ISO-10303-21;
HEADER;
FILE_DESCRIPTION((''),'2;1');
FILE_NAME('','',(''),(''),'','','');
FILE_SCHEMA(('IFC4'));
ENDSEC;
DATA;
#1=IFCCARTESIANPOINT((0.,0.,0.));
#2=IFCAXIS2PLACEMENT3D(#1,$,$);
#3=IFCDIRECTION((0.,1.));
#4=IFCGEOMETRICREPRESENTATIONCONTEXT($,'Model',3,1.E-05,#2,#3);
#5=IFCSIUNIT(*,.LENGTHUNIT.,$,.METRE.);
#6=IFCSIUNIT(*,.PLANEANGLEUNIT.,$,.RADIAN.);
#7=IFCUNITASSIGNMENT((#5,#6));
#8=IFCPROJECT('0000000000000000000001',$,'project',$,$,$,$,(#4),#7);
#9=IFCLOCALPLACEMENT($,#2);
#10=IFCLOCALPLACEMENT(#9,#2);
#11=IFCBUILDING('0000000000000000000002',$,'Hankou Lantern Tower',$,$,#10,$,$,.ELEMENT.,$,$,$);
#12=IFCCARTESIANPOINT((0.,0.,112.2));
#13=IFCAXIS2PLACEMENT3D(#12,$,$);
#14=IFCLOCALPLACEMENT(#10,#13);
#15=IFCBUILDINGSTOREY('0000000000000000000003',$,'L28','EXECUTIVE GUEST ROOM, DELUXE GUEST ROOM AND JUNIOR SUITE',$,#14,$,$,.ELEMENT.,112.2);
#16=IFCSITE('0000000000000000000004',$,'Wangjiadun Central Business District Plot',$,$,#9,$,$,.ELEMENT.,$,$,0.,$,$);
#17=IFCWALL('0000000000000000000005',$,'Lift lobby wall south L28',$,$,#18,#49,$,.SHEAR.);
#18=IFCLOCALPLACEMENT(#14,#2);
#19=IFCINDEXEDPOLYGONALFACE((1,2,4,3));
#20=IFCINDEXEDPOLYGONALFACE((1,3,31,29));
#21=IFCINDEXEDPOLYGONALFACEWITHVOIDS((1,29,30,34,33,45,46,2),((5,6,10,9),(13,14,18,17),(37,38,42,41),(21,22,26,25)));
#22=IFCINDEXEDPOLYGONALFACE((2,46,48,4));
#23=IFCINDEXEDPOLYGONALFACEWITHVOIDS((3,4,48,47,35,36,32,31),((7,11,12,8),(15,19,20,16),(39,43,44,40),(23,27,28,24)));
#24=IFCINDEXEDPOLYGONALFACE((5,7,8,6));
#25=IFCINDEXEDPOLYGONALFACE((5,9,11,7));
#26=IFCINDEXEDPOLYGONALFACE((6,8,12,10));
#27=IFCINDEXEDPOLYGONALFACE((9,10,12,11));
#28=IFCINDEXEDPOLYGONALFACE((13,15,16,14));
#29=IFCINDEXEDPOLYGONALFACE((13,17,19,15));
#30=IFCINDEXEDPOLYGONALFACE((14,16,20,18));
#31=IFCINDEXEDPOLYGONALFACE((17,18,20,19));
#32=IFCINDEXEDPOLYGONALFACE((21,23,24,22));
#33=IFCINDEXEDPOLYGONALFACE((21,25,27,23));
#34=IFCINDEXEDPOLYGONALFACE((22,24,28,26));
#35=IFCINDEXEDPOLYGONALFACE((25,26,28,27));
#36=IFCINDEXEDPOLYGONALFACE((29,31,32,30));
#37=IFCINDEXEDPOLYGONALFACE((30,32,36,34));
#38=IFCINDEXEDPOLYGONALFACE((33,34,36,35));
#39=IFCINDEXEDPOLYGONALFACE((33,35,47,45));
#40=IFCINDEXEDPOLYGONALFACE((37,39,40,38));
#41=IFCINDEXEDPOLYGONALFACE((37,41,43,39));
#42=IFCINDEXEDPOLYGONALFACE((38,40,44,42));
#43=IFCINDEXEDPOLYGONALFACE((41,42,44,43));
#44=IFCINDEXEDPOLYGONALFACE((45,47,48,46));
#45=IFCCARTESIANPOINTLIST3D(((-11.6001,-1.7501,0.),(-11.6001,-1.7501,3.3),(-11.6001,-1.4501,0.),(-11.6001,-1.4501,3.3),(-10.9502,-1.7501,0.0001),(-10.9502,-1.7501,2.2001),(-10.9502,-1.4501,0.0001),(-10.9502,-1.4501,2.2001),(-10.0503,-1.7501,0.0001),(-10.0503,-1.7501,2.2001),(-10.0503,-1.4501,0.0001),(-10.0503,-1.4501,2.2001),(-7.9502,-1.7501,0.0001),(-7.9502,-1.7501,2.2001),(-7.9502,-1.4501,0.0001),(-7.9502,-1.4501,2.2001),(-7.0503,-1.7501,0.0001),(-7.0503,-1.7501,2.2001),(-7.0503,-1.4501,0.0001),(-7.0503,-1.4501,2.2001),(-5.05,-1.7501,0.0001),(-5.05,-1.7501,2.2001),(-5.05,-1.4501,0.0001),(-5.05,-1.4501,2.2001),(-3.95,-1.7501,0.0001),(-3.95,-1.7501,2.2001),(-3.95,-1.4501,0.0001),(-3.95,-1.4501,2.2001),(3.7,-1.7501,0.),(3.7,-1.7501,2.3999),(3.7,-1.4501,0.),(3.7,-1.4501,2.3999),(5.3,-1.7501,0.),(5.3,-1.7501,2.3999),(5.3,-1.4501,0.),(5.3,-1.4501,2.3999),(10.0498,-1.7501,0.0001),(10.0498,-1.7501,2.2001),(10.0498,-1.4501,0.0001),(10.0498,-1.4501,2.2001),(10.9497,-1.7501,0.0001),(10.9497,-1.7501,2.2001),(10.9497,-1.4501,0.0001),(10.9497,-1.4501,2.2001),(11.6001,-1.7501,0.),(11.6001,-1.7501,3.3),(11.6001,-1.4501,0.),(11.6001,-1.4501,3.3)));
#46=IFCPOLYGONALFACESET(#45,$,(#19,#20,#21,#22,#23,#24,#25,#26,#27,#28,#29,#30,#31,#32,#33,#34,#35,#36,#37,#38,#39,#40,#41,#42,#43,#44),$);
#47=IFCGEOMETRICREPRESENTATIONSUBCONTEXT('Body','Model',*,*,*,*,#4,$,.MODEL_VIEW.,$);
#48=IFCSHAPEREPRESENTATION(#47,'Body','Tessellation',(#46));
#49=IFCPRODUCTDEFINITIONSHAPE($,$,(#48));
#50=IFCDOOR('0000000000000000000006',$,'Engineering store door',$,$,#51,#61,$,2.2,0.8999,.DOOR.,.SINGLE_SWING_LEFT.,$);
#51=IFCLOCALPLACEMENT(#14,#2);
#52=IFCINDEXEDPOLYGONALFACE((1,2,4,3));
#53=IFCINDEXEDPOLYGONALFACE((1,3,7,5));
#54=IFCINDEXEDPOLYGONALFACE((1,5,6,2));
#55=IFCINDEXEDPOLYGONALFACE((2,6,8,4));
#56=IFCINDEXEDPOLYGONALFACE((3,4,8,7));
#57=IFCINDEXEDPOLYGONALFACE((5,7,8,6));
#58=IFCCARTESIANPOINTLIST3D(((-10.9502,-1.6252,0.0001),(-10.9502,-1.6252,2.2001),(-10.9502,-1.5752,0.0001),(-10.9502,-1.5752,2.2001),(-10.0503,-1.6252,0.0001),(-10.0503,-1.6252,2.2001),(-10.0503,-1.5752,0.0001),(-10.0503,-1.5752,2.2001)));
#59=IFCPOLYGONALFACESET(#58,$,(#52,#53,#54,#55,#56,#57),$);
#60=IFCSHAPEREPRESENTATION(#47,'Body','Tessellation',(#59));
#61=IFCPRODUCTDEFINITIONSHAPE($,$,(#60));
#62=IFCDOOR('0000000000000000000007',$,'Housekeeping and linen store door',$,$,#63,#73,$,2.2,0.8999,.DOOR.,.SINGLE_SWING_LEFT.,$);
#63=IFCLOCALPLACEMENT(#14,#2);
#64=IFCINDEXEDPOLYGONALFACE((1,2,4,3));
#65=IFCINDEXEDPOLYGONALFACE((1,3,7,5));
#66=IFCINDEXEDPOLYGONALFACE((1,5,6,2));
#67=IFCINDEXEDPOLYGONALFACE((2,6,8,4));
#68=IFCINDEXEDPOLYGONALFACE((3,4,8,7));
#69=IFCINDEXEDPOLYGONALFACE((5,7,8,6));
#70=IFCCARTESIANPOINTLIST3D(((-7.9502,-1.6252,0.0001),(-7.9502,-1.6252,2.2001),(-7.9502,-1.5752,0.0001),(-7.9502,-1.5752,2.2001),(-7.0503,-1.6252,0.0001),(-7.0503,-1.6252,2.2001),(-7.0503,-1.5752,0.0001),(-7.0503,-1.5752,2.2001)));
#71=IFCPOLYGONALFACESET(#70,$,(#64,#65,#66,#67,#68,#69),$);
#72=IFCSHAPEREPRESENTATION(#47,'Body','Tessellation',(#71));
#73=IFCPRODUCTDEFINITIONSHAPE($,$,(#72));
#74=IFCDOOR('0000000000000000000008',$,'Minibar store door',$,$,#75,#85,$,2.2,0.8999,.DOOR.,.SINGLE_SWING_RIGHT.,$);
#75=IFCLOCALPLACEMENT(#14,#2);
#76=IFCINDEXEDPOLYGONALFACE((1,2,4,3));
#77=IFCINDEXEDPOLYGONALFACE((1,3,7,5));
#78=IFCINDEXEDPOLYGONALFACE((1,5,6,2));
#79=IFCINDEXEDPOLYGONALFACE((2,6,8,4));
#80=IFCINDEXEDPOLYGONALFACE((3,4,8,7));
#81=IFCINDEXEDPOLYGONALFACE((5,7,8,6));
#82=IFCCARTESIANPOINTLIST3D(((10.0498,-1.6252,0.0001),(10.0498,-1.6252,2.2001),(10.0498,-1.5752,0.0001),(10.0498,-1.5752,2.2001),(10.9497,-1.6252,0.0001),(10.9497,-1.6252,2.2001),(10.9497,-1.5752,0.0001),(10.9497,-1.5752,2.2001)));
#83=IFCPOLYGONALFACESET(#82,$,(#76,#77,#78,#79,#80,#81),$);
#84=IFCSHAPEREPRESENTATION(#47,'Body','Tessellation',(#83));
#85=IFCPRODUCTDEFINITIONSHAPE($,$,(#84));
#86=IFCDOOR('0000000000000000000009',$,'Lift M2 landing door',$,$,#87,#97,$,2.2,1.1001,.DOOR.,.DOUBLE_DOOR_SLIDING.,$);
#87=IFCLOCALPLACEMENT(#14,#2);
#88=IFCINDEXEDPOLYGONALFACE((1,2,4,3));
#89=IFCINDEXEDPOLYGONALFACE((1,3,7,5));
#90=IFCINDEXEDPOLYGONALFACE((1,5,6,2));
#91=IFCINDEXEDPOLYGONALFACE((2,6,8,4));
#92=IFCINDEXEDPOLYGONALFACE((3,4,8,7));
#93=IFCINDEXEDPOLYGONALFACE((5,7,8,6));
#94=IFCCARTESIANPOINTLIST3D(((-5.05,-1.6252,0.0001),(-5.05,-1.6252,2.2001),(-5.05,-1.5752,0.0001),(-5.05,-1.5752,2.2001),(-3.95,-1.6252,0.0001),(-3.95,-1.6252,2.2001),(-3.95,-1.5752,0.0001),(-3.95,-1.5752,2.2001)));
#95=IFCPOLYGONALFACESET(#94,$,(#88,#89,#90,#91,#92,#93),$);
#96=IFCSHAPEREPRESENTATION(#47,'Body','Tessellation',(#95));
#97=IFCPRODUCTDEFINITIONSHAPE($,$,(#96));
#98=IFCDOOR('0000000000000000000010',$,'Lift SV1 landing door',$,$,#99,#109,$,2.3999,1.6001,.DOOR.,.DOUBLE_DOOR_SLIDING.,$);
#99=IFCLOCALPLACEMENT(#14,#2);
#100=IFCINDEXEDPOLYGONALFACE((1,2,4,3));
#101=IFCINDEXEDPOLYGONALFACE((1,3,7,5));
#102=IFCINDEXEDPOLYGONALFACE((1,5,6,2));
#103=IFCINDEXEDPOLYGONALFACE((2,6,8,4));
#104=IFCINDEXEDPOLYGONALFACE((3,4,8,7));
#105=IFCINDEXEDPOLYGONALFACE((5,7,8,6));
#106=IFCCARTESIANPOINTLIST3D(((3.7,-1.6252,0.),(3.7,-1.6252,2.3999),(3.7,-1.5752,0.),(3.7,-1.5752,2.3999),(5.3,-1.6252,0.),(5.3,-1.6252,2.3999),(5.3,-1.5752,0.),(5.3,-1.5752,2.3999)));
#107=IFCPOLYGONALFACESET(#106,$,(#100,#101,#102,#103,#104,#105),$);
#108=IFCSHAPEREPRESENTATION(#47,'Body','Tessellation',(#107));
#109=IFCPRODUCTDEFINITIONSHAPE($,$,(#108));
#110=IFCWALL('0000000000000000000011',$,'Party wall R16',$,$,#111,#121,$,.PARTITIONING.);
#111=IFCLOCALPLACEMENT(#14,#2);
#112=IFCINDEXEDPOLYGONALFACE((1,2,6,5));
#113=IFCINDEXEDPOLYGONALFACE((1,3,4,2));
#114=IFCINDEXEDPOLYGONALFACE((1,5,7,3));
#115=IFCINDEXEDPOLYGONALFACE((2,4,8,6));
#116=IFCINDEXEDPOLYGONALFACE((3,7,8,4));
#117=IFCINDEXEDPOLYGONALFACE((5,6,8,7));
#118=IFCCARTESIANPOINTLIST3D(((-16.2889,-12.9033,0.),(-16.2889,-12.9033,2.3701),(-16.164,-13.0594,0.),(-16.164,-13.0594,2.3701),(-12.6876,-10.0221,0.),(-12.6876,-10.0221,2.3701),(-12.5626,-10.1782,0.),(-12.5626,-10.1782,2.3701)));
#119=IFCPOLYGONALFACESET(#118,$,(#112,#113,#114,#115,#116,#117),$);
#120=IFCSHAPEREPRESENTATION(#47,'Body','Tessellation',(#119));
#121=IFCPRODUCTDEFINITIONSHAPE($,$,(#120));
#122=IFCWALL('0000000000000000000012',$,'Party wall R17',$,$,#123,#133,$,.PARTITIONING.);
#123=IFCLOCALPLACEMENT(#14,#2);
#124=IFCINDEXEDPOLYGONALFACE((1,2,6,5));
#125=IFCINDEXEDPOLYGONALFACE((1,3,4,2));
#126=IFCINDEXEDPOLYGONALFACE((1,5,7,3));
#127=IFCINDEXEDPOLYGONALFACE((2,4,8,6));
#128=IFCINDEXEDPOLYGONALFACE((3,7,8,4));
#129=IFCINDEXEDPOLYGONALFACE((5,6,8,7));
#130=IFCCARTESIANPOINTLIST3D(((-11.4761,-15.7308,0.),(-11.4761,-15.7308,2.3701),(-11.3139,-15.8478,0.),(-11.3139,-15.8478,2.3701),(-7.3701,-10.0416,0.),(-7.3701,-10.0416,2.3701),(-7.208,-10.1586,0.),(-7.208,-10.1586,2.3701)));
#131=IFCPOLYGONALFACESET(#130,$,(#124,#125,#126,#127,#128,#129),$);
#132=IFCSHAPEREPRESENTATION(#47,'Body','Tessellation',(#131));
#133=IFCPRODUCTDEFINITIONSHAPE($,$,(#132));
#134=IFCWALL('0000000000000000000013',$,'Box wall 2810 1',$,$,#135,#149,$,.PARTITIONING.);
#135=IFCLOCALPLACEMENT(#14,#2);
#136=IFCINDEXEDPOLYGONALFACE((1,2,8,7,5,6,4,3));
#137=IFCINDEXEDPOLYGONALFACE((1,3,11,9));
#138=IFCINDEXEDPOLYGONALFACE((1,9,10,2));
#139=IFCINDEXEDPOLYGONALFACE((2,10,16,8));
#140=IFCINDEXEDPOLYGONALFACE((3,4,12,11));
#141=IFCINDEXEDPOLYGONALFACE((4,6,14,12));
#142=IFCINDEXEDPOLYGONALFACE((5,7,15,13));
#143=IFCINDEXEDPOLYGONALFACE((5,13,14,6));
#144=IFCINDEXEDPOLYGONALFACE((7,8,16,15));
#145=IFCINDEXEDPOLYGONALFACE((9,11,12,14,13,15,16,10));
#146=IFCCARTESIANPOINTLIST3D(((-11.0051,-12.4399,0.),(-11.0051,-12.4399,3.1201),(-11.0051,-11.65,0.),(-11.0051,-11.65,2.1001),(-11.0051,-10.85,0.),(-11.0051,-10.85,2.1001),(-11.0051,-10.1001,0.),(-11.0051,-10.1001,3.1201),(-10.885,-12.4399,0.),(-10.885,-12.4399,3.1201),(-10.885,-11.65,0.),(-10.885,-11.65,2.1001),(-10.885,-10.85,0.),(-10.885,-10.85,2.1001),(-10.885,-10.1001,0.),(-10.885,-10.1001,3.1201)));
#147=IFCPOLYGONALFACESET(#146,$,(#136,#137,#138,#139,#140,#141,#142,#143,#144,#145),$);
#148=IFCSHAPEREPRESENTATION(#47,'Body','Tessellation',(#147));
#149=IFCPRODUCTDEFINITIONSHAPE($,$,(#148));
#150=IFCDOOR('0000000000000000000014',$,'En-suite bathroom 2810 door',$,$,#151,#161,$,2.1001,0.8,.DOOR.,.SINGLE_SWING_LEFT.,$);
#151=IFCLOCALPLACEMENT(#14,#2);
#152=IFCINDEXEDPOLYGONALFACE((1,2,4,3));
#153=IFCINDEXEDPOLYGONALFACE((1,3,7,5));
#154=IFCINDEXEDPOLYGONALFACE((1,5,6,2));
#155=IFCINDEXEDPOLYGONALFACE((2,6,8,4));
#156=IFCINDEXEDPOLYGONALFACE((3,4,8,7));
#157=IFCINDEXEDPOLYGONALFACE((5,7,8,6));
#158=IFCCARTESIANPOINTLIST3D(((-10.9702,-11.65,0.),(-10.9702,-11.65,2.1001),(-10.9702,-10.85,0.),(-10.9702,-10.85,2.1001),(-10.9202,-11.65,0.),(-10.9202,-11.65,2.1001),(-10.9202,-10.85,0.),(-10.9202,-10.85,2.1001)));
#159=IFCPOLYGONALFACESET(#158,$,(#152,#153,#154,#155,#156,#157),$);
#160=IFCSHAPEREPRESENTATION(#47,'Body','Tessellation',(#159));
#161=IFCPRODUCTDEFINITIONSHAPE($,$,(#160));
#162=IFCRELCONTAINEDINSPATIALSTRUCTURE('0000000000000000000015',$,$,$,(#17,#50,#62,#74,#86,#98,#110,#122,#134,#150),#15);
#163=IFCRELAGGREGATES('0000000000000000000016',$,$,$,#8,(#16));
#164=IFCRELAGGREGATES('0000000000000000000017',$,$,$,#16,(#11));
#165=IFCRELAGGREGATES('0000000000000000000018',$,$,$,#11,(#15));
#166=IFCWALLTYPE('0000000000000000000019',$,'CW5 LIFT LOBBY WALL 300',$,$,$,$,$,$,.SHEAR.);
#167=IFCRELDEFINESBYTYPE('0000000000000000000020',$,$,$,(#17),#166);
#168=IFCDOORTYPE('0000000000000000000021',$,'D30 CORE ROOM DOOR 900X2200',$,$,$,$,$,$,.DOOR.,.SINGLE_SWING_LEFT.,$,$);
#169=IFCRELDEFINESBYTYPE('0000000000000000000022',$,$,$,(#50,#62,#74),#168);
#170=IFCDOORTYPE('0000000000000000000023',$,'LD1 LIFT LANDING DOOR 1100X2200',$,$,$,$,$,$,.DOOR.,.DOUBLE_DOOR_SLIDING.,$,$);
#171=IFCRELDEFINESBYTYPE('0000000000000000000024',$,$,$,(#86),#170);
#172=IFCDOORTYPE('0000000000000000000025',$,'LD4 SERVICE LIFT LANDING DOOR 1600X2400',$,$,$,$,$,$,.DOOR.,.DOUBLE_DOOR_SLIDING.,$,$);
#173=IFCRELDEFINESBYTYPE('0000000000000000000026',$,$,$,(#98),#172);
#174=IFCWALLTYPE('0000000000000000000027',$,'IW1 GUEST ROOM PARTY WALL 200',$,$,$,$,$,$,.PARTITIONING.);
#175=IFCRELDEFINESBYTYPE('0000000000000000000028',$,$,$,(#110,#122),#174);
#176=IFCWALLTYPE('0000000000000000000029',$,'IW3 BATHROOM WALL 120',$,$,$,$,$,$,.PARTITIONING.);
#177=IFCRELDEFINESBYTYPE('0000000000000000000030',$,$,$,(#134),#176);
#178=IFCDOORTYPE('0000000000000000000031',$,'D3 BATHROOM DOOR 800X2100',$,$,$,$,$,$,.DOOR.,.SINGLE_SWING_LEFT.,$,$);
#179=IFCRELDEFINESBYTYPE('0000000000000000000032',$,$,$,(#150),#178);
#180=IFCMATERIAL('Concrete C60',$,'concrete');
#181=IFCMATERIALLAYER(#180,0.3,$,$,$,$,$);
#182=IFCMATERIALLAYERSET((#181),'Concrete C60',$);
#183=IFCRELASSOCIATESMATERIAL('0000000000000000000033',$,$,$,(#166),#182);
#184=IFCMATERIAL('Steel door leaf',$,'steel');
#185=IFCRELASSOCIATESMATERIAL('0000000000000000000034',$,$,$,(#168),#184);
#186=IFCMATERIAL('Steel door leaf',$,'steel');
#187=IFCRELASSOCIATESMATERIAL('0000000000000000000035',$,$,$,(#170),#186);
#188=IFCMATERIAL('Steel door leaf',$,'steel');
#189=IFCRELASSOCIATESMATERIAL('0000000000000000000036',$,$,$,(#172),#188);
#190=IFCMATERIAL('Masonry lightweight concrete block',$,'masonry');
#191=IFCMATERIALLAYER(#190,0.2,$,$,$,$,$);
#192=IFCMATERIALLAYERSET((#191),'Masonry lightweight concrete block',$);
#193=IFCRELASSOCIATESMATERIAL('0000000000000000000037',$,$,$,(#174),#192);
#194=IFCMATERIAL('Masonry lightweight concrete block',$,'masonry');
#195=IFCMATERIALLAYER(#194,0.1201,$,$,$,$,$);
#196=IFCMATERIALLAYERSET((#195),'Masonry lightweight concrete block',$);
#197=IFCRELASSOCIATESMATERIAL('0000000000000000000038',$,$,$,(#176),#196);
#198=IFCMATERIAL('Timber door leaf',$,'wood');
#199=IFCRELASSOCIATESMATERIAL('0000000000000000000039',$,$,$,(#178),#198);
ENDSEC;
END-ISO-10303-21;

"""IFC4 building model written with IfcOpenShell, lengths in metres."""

from ifc_helpers import new_model, si_unit, direction, frame, frame_2d, origin, place, context, subcontext, project, spatial, rectangle, extrude, material, layer, layer_set, type_object, element, fill, save


model = new_model("IFC4")

# Units and contexts
model_context = context("Model", 3, precision=1e-05, world=origin(), true_north=direction((0.0, 1.0)))
body_context = subcontext(model_context, "Body", "Model", "MODEL_VIEW")
ifc_project = project(units=[si_unit("LENGTHUNIT", "METRE"), si_unit("PLANEANGLEUNIT", "RADIAN")], contexts=[model_context])

# Site, building, storey
site_placement = place(None, origin())
site = spatial("IfcSite", under=ifc_project, at=site_placement, Name="Wangjiadun Central Business District Plot", CompositionType="ELEMENT", RefElevation=0.0)
building_placement = place(site_placement, origin())
building = spatial("IfcBuilding", under=site, at=building_placement, Name="Hankou Lantern Tower", CompositionType="ELEMENT")
storey_placement = place(building_placement, frame((0.0, 0.0, 112.2)))
storey = spatial("IfcBuildingStorey", under=building, at=storey_placement, Name="L28", Description="EXECUTIVE GUEST ROOM, DELUXE GUEST ROOM AND JUNIOR SUITE", CompositionType="ELEMENT", Elevation=112.2)

# Wall, openings, doors
ifc_material_1 = material(Name="Concrete C60", Category="concrete")
ifc_layer_1 = layer(ifc_material_1, 0.3)
ifc_layer_set_1 = layer_set([ifc_layer_1], Name="Concrete C60")
wall_type_1 = type_object("IfcWallType", Name="CW5 LIFT LOBBY WALL 300", PredefinedType="SHEAR", material=ifc_layer_set_1)
wall_1_placement = place(storey_placement, frame((-11.6001, -1.6001, 0.0), z_axis=(0.0, 0.0, 1.0), x_axis=(1.0, 0.0, 0.0)))
wall_1 = element("IfcWall", 1, at=wall_1_placement, inside=storey, type_object=wall_type_1, Name="Lift lobby wall south L28", PredefinedType="SHEAR", context=body_context, shape_type="SweptSolid", body=[
    extrude(rectangle(XDim=23.2002, YDim=0.3, at=frame_2d((11.6001, 0.0))), origin(), (0.0, 0.0, 1.0), 3.3),
])
opening_1_placement = place(wall_1_placement, frame((6.55, 0.0, 0.0)))
opening_1 = element("IfcOpeningElement", 2, at=opening_1_placement, cuts=wall_1, PredefinedType="OPENING", context=body_context, shape_type="SweptSolid", body=[
    extrude(rectangle(XDim=1.1001, YDim=2.2, at=frame_2d((0.55, 1.1001))), frame((0.0, 0.1599, 0.0), z_axis=(0.0, -1.0, 0.0), x_axis=(1.0, 0.0, 0.0)), (0.0, 0.0, 1.0), 0.3201),
])
opening_2_placement = place(wall_1_placement, frame((15.3, 0.0, 0.0)))
opening_2 = element("IfcOpeningElement", 3, at=opening_2_placement, cuts=wall_1, PredefinedType="OPENING", context=body_context, shape_type="SweptSolid", body=[
    extrude(rectangle(XDim=1.6001, YDim=2.3999, at=frame_2d((0.8, 1.2))), frame((0.0, 0.1599, 0.0), z_axis=(0.0, -1.0, 0.0), x_axis=(1.0, 0.0, 0.0)), (0.0, 0.0, 1.0), 0.3201),
])
opening_3_placement = place(wall_1_placement, frame((0.6499, 0.0, 0.0)))
opening_3 = element("IfcOpeningElement", 4, at=opening_3_placement, cuts=wall_1, PredefinedType="OPENING", context=body_context, shape_type="SweptSolid", body=[
    extrude(rectangle(XDim=0.8999, YDim=2.2, at=frame_2d((0.45, 1.1001))), frame((0.0, 0.1599, 0.0), z_axis=(0.0, -1.0, 0.0), x_axis=(1.0, 0.0, 0.0)), (0.0, 0.0, 1.0), 0.3201),
])
opening_4_placement = place(wall_1_placement, frame((3.6499, 0.0, 0.0)))
opening_4 = element("IfcOpeningElement", 5, at=opening_4_placement, cuts=wall_1, PredefinedType="OPENING", context=body_context, shape_type="SweptSolid", body=[
    extrude(rectangle(XDim=0.8999, YDim=2.2, at=frame_2d((0.45, 1.1001))), frame((0.0, 0.1599, 0.0), z_axis=(0.0, -1.0, 0.0), x_axis=(1.0, 0.0, 0.0)), (0.0, 0.0, 1.0), 0.3201),
])
opening_5_placement = place(wall_1_placement, frame((21.6499, 0.0, 0.0)))
opening_5 = element("IfcOpeningElement", 6, at=opening_5_placement, cuts=wall_1, PredefinedType="OPENING", context=body_context, shape_type="SweptSolid", body=[
    extrude(rectangle(XDim=0.8999, YDim=2.2, at=frame_2d((0.45, 1.1001))), frame((0.0, 0.1599, 0.0), z_axis=(0.0, -1.0, 0.0), x_axis=(1.0, 0.0, 0.0)), (0.0, 0.0, 1.0), 0.3201),
])
ifc_material_2 = material(Name="Steel door leaf", Category="steel")
door_type_1 = type_object("IfcDoorType", Name="D30 CORE ROOM DOOR 900X2200", OperationType="SINGLE_SWING_LEFT", PredefinedType="DOOR", material=ifc_material_2)
door_1_placement = place(opening_3_placement, origin())
door_1 = element("IfcDoor", 7, at=door_1_placement, inside=storey, type_object=door_type_1, Name="Engineering store door", OperationType="SINGLE_SWING_LEFT", OverallHeight=2.2, OverallWidth=0.8999, PredefinedType="DOOR", context=body_context, shape_type="SweptSolid", body=[
    extrude(rectangle(XDim=0.8999, YDim=2.2, at=frame_2d((0.45, 1.1001))), frame((0.0, 0.0249, 0.0), z_axis=(0.0, -1.0, 0.0), x_axis=(1.0, 0.0, 0.0)), (0.0, 0.0, 1.0), 0.05),
])
fill(opening_3, door_1)
door_2_placement = place(opening_4_placement, origin())
door_2 = element("IfcDoor", 8, at=door_2_placement, inside=storey, type_object=door_type_1, Name="Housekeeping and linen store door", OperationType="SINGLE_SWING_LEFT", OverallHeight=2.2, OverallWidth=0.8999, PredefinedType="DOOR", context=body_context, shape_type="SweptSolid", body=[
    extrude(rectangle(XDim=0.8999, YDim=2.2, at=frame_2d((0.45, 1.1001))), frame((0.0, 0.0249, 0.0), z_axis=(0.0, -1.0, 0.0), x_axis=(1.0, 0.0, 0.0)), (0.0, 0.0, 1.0), 0.05),
])
fill(opening_4, door_2)
door_3_placement = place(opening_5_placement, origin())
door_3 = element("IfcDoor", 9, at=door_3_placement, inside=storey, type_object=door_type_1, Name="Minibar store door", OperationType="SINGLE_SWING_RIGHT", OverallHeight=2.2, OverallWidth=0.8999, PredefinedType="DOOR", context=body_context, shape_type="SweptSolid", body=[
    extrude(rectangle(XDim=0.8999, YDim=2.2, at=frame_2d((0.45, 1.1001))), frame((0.0, 0.0249, 0.0), z_axis=(0.0, -1.0, 0.0), x_axis=(1.0, 0.0, 0.0)), (0.0, 0.0, 1.0), 0.05),
])
fill(opening_5, door_3)
ifc_material_3 = material(Name="Steel door leaf", Category="steel")
door_type_2 = type_object("IfcDoorType", Name="LD1 LIFT LANDING DOOR 1100X2200", OperationType="DOUBLE_DOOR_SLIDING", PredefinedType="DOOR", material=ifc_material_3)
door_4_placement = place(opening_1_placement, origin())
door_4 = element("IfcDoor", 10, at=door_4_placement, inside=storey, type_object=door_type_2, Name="Lift M2 landing door", OperationType="DOUBLE_DOOR_SLIDING", OverallHeight=2.2, OverallWidth=1.1001, PredefinedType="DOOR", context=body_context, shape_type="SweptSolid", body=[
    extrude(rectangle(XDim=1.1001, YDim=2.2, at=frame_2d((0.55, 1.1001))), frame((0.0, 0.0249, 0.0), z_axis=(0.0, -1.0, 0.0), x_axis=(1.0, 0.0, 0.0)), (0.0, 0.0, 1.0), 0.05),
])
fill(opening_1, door_4)
ifc_material_4 = material(Name="Steel door leaf", Category="steel")
door_type_3 = type_object("IfcDoorType", Name="LD4 SERVICE LIFT LANDING DOOR 1600X2400", OperationType="DOUBLE_DOOR_SLIDING", PredefinedType="DOOR", material=ifc_material_4)
door_5_placement = place(opening_2_placement, origin())
door_5 = element("IfcDoor", 11, at=door_5_placement, inside=storey, type_object=door_type_3, Name="Lift SV1 landing door", OperationType="DOUBLE_DOOR_SLIDING", OverallHeight=2.3999, OverallWidth=1.6001, PredefinedType="DOOR", context=body_context, shape_type="SweptSolid", body=[
    extrude(rectangle(XDim=1.6001, YDim=2.3999, at=frame_2d((0.8, 1.2))), frame((0.0, 0.0249, 0.0), z_axis=(0.0, -1.0, 0.0), x_axis=(1.0, 0.0, 0.0)), (0.0, 0.0, 1.0), 0.05),
])
fill(opening_2, door_5)

# Walls
ifc_material_5 = material(Name="Masonry lightweight concrete block", Category="masonry")
ifc_layer_2 = layer(ifc_material_5, 0.2)
ifc_layer_set_2 = layer_set([ifc_layer_2], Name="Masonry lightweight concrete block")
wall_type_2 = type_object("IfcWallType", Name="IW1 GUEST ROOM PARTY WALL 200", PredefinedType="PARTITIONING", material=ifc_layer_set_2)
wall_2_placement = place(storey_placement, frame((-12.625, -10.1001, 0.0), z_axis=(0.0, 0.0, 1.0), x_axis=(-0.780864, -0.624702, 0.0)))
element("IfcWall", 12, at=wall_2_placement, inside=storey, type_object=wall_type_2, Name="Party wall R16", PredefinedType="PARTITIONING", context=body_context, shape_type="SweptSolid", body=[
    extrude(rectangle(XDim=4.6121, YDim=0.2, at=frame_2d((2.3062, 0.0))), origin(), (0.0, 0.0, 1.0), 2.3701),
])
wall_3_placement = place(storey_placement, frame((-7.2891, -10.1001, 0.0), z_axis=(0.0, 0.0, 1.0), x_axis=(-0.585217, -0.810876, 0.0)))
element("IfcWall", 13, at=wall_3_placement, inside=storey, type_object=wall_type_2, Name="Party wall R17", PredefinedType="PARTITIONING", context=body_context, shape_type="SweptSolid", body=[
    extrude(rectangle(XDim=7.0161, YDim=0.2, at=frame_2d((3.5081, 0.0))), origin(), (0.0, 0.0, 1.0), 2.3701),
])

# Wall, opening, door
ifc_material_6 = material(Name="Masonry lightweight concrete block", Category="masonry")
ifc_layer_3 = layer(ifc_material_6, 0.1201)
ifc_layer_set_3 = layer_set([ifc_layer_3], Name="Masonry lightweight concrete block")
wall_type_3 = type_object("IfcWallType", Name="IW3 BATHROOM WALL 120", PredefinedType="PARTITIONING", material=ifc_layer_set_3)
wall_4_placement = place(storey_placement, frame((-10.9451, -10.1001, 0.0), z_axis=(0.0, 0.0, 1.0), x_axis=(0.0, -1.0, 0.0)))
wall_4 = element("IfcWall", 14, at=wall_4_placement, inside=storey, type_object=wall_type_3, Name="Box wall 2810 1", PredefinedType="PARTITIONING", context=body_context, shape_type="SweptSolid", body=[
    extrude(rectangle(XDim=2.3398, YDim=0.1201, at=frame_2d((1.1699, 0.0))), origin(), (0.0, 0.0, 1.0), 3.1201),
])
opening_6_placement = place(wall_4_placement, frame((0.75, 0.0, 0.0)))
opening_6 = element("IfcOpeningElement", 15, at=opening_6_placement, cuts=wall_4, PredefinedType="OPENING", context=body_context, shape_type="SweptSolid", body=[
    extrude(rectangle(XDim=0.8, YDim=2.1001, at=frame_2d((0.3999, 1.05))), frame((0.0, 0.0701, 0.0), z_axis=(0.0, -1.0, 0.0), x_axis=(1.0, 0.0, 0.0)), (0.0, 0.0, 1.0), 0.1401),
])
ifc_material_7 = material(Name="Timber door leaf", Category="wood")
door_type_4 = type_object("IfcDoorType", Name="D3 BATHROOM DOOR 800X2100", OperationType="SINGLE_SWING_LEFT", PredefinedType="DOOR", material=ifc_material_7)
door_6_placement = place(opening_6_placement, origin())
door_6 = element("IfcDoor", 16, at=door_6_placement, inside=storey, type_object=door_type_4, Name="En-suite bathroom 2810 door", OperationType="SINGLE_SWING_LEFT", OverallHeight=2.1001, OverallWidth=0.8, PredefinedType="DOOR", context=body_context, shape_type="SweptSolid", body=[
    extrude(rectangle(XDim=0.8, YDim=2.1001, at=frame_2d((0.3999, 1.05))), frame((0.0, 0.0249, 0.0), z_axis=(0.0, -1.0, 0.0), x_axis=(1.0, 0.0, 0.0)), (0.0, 0.0, 1.0), 0.05),
])
fill(opening_6, door_6)

save(model, "model.ifc")
